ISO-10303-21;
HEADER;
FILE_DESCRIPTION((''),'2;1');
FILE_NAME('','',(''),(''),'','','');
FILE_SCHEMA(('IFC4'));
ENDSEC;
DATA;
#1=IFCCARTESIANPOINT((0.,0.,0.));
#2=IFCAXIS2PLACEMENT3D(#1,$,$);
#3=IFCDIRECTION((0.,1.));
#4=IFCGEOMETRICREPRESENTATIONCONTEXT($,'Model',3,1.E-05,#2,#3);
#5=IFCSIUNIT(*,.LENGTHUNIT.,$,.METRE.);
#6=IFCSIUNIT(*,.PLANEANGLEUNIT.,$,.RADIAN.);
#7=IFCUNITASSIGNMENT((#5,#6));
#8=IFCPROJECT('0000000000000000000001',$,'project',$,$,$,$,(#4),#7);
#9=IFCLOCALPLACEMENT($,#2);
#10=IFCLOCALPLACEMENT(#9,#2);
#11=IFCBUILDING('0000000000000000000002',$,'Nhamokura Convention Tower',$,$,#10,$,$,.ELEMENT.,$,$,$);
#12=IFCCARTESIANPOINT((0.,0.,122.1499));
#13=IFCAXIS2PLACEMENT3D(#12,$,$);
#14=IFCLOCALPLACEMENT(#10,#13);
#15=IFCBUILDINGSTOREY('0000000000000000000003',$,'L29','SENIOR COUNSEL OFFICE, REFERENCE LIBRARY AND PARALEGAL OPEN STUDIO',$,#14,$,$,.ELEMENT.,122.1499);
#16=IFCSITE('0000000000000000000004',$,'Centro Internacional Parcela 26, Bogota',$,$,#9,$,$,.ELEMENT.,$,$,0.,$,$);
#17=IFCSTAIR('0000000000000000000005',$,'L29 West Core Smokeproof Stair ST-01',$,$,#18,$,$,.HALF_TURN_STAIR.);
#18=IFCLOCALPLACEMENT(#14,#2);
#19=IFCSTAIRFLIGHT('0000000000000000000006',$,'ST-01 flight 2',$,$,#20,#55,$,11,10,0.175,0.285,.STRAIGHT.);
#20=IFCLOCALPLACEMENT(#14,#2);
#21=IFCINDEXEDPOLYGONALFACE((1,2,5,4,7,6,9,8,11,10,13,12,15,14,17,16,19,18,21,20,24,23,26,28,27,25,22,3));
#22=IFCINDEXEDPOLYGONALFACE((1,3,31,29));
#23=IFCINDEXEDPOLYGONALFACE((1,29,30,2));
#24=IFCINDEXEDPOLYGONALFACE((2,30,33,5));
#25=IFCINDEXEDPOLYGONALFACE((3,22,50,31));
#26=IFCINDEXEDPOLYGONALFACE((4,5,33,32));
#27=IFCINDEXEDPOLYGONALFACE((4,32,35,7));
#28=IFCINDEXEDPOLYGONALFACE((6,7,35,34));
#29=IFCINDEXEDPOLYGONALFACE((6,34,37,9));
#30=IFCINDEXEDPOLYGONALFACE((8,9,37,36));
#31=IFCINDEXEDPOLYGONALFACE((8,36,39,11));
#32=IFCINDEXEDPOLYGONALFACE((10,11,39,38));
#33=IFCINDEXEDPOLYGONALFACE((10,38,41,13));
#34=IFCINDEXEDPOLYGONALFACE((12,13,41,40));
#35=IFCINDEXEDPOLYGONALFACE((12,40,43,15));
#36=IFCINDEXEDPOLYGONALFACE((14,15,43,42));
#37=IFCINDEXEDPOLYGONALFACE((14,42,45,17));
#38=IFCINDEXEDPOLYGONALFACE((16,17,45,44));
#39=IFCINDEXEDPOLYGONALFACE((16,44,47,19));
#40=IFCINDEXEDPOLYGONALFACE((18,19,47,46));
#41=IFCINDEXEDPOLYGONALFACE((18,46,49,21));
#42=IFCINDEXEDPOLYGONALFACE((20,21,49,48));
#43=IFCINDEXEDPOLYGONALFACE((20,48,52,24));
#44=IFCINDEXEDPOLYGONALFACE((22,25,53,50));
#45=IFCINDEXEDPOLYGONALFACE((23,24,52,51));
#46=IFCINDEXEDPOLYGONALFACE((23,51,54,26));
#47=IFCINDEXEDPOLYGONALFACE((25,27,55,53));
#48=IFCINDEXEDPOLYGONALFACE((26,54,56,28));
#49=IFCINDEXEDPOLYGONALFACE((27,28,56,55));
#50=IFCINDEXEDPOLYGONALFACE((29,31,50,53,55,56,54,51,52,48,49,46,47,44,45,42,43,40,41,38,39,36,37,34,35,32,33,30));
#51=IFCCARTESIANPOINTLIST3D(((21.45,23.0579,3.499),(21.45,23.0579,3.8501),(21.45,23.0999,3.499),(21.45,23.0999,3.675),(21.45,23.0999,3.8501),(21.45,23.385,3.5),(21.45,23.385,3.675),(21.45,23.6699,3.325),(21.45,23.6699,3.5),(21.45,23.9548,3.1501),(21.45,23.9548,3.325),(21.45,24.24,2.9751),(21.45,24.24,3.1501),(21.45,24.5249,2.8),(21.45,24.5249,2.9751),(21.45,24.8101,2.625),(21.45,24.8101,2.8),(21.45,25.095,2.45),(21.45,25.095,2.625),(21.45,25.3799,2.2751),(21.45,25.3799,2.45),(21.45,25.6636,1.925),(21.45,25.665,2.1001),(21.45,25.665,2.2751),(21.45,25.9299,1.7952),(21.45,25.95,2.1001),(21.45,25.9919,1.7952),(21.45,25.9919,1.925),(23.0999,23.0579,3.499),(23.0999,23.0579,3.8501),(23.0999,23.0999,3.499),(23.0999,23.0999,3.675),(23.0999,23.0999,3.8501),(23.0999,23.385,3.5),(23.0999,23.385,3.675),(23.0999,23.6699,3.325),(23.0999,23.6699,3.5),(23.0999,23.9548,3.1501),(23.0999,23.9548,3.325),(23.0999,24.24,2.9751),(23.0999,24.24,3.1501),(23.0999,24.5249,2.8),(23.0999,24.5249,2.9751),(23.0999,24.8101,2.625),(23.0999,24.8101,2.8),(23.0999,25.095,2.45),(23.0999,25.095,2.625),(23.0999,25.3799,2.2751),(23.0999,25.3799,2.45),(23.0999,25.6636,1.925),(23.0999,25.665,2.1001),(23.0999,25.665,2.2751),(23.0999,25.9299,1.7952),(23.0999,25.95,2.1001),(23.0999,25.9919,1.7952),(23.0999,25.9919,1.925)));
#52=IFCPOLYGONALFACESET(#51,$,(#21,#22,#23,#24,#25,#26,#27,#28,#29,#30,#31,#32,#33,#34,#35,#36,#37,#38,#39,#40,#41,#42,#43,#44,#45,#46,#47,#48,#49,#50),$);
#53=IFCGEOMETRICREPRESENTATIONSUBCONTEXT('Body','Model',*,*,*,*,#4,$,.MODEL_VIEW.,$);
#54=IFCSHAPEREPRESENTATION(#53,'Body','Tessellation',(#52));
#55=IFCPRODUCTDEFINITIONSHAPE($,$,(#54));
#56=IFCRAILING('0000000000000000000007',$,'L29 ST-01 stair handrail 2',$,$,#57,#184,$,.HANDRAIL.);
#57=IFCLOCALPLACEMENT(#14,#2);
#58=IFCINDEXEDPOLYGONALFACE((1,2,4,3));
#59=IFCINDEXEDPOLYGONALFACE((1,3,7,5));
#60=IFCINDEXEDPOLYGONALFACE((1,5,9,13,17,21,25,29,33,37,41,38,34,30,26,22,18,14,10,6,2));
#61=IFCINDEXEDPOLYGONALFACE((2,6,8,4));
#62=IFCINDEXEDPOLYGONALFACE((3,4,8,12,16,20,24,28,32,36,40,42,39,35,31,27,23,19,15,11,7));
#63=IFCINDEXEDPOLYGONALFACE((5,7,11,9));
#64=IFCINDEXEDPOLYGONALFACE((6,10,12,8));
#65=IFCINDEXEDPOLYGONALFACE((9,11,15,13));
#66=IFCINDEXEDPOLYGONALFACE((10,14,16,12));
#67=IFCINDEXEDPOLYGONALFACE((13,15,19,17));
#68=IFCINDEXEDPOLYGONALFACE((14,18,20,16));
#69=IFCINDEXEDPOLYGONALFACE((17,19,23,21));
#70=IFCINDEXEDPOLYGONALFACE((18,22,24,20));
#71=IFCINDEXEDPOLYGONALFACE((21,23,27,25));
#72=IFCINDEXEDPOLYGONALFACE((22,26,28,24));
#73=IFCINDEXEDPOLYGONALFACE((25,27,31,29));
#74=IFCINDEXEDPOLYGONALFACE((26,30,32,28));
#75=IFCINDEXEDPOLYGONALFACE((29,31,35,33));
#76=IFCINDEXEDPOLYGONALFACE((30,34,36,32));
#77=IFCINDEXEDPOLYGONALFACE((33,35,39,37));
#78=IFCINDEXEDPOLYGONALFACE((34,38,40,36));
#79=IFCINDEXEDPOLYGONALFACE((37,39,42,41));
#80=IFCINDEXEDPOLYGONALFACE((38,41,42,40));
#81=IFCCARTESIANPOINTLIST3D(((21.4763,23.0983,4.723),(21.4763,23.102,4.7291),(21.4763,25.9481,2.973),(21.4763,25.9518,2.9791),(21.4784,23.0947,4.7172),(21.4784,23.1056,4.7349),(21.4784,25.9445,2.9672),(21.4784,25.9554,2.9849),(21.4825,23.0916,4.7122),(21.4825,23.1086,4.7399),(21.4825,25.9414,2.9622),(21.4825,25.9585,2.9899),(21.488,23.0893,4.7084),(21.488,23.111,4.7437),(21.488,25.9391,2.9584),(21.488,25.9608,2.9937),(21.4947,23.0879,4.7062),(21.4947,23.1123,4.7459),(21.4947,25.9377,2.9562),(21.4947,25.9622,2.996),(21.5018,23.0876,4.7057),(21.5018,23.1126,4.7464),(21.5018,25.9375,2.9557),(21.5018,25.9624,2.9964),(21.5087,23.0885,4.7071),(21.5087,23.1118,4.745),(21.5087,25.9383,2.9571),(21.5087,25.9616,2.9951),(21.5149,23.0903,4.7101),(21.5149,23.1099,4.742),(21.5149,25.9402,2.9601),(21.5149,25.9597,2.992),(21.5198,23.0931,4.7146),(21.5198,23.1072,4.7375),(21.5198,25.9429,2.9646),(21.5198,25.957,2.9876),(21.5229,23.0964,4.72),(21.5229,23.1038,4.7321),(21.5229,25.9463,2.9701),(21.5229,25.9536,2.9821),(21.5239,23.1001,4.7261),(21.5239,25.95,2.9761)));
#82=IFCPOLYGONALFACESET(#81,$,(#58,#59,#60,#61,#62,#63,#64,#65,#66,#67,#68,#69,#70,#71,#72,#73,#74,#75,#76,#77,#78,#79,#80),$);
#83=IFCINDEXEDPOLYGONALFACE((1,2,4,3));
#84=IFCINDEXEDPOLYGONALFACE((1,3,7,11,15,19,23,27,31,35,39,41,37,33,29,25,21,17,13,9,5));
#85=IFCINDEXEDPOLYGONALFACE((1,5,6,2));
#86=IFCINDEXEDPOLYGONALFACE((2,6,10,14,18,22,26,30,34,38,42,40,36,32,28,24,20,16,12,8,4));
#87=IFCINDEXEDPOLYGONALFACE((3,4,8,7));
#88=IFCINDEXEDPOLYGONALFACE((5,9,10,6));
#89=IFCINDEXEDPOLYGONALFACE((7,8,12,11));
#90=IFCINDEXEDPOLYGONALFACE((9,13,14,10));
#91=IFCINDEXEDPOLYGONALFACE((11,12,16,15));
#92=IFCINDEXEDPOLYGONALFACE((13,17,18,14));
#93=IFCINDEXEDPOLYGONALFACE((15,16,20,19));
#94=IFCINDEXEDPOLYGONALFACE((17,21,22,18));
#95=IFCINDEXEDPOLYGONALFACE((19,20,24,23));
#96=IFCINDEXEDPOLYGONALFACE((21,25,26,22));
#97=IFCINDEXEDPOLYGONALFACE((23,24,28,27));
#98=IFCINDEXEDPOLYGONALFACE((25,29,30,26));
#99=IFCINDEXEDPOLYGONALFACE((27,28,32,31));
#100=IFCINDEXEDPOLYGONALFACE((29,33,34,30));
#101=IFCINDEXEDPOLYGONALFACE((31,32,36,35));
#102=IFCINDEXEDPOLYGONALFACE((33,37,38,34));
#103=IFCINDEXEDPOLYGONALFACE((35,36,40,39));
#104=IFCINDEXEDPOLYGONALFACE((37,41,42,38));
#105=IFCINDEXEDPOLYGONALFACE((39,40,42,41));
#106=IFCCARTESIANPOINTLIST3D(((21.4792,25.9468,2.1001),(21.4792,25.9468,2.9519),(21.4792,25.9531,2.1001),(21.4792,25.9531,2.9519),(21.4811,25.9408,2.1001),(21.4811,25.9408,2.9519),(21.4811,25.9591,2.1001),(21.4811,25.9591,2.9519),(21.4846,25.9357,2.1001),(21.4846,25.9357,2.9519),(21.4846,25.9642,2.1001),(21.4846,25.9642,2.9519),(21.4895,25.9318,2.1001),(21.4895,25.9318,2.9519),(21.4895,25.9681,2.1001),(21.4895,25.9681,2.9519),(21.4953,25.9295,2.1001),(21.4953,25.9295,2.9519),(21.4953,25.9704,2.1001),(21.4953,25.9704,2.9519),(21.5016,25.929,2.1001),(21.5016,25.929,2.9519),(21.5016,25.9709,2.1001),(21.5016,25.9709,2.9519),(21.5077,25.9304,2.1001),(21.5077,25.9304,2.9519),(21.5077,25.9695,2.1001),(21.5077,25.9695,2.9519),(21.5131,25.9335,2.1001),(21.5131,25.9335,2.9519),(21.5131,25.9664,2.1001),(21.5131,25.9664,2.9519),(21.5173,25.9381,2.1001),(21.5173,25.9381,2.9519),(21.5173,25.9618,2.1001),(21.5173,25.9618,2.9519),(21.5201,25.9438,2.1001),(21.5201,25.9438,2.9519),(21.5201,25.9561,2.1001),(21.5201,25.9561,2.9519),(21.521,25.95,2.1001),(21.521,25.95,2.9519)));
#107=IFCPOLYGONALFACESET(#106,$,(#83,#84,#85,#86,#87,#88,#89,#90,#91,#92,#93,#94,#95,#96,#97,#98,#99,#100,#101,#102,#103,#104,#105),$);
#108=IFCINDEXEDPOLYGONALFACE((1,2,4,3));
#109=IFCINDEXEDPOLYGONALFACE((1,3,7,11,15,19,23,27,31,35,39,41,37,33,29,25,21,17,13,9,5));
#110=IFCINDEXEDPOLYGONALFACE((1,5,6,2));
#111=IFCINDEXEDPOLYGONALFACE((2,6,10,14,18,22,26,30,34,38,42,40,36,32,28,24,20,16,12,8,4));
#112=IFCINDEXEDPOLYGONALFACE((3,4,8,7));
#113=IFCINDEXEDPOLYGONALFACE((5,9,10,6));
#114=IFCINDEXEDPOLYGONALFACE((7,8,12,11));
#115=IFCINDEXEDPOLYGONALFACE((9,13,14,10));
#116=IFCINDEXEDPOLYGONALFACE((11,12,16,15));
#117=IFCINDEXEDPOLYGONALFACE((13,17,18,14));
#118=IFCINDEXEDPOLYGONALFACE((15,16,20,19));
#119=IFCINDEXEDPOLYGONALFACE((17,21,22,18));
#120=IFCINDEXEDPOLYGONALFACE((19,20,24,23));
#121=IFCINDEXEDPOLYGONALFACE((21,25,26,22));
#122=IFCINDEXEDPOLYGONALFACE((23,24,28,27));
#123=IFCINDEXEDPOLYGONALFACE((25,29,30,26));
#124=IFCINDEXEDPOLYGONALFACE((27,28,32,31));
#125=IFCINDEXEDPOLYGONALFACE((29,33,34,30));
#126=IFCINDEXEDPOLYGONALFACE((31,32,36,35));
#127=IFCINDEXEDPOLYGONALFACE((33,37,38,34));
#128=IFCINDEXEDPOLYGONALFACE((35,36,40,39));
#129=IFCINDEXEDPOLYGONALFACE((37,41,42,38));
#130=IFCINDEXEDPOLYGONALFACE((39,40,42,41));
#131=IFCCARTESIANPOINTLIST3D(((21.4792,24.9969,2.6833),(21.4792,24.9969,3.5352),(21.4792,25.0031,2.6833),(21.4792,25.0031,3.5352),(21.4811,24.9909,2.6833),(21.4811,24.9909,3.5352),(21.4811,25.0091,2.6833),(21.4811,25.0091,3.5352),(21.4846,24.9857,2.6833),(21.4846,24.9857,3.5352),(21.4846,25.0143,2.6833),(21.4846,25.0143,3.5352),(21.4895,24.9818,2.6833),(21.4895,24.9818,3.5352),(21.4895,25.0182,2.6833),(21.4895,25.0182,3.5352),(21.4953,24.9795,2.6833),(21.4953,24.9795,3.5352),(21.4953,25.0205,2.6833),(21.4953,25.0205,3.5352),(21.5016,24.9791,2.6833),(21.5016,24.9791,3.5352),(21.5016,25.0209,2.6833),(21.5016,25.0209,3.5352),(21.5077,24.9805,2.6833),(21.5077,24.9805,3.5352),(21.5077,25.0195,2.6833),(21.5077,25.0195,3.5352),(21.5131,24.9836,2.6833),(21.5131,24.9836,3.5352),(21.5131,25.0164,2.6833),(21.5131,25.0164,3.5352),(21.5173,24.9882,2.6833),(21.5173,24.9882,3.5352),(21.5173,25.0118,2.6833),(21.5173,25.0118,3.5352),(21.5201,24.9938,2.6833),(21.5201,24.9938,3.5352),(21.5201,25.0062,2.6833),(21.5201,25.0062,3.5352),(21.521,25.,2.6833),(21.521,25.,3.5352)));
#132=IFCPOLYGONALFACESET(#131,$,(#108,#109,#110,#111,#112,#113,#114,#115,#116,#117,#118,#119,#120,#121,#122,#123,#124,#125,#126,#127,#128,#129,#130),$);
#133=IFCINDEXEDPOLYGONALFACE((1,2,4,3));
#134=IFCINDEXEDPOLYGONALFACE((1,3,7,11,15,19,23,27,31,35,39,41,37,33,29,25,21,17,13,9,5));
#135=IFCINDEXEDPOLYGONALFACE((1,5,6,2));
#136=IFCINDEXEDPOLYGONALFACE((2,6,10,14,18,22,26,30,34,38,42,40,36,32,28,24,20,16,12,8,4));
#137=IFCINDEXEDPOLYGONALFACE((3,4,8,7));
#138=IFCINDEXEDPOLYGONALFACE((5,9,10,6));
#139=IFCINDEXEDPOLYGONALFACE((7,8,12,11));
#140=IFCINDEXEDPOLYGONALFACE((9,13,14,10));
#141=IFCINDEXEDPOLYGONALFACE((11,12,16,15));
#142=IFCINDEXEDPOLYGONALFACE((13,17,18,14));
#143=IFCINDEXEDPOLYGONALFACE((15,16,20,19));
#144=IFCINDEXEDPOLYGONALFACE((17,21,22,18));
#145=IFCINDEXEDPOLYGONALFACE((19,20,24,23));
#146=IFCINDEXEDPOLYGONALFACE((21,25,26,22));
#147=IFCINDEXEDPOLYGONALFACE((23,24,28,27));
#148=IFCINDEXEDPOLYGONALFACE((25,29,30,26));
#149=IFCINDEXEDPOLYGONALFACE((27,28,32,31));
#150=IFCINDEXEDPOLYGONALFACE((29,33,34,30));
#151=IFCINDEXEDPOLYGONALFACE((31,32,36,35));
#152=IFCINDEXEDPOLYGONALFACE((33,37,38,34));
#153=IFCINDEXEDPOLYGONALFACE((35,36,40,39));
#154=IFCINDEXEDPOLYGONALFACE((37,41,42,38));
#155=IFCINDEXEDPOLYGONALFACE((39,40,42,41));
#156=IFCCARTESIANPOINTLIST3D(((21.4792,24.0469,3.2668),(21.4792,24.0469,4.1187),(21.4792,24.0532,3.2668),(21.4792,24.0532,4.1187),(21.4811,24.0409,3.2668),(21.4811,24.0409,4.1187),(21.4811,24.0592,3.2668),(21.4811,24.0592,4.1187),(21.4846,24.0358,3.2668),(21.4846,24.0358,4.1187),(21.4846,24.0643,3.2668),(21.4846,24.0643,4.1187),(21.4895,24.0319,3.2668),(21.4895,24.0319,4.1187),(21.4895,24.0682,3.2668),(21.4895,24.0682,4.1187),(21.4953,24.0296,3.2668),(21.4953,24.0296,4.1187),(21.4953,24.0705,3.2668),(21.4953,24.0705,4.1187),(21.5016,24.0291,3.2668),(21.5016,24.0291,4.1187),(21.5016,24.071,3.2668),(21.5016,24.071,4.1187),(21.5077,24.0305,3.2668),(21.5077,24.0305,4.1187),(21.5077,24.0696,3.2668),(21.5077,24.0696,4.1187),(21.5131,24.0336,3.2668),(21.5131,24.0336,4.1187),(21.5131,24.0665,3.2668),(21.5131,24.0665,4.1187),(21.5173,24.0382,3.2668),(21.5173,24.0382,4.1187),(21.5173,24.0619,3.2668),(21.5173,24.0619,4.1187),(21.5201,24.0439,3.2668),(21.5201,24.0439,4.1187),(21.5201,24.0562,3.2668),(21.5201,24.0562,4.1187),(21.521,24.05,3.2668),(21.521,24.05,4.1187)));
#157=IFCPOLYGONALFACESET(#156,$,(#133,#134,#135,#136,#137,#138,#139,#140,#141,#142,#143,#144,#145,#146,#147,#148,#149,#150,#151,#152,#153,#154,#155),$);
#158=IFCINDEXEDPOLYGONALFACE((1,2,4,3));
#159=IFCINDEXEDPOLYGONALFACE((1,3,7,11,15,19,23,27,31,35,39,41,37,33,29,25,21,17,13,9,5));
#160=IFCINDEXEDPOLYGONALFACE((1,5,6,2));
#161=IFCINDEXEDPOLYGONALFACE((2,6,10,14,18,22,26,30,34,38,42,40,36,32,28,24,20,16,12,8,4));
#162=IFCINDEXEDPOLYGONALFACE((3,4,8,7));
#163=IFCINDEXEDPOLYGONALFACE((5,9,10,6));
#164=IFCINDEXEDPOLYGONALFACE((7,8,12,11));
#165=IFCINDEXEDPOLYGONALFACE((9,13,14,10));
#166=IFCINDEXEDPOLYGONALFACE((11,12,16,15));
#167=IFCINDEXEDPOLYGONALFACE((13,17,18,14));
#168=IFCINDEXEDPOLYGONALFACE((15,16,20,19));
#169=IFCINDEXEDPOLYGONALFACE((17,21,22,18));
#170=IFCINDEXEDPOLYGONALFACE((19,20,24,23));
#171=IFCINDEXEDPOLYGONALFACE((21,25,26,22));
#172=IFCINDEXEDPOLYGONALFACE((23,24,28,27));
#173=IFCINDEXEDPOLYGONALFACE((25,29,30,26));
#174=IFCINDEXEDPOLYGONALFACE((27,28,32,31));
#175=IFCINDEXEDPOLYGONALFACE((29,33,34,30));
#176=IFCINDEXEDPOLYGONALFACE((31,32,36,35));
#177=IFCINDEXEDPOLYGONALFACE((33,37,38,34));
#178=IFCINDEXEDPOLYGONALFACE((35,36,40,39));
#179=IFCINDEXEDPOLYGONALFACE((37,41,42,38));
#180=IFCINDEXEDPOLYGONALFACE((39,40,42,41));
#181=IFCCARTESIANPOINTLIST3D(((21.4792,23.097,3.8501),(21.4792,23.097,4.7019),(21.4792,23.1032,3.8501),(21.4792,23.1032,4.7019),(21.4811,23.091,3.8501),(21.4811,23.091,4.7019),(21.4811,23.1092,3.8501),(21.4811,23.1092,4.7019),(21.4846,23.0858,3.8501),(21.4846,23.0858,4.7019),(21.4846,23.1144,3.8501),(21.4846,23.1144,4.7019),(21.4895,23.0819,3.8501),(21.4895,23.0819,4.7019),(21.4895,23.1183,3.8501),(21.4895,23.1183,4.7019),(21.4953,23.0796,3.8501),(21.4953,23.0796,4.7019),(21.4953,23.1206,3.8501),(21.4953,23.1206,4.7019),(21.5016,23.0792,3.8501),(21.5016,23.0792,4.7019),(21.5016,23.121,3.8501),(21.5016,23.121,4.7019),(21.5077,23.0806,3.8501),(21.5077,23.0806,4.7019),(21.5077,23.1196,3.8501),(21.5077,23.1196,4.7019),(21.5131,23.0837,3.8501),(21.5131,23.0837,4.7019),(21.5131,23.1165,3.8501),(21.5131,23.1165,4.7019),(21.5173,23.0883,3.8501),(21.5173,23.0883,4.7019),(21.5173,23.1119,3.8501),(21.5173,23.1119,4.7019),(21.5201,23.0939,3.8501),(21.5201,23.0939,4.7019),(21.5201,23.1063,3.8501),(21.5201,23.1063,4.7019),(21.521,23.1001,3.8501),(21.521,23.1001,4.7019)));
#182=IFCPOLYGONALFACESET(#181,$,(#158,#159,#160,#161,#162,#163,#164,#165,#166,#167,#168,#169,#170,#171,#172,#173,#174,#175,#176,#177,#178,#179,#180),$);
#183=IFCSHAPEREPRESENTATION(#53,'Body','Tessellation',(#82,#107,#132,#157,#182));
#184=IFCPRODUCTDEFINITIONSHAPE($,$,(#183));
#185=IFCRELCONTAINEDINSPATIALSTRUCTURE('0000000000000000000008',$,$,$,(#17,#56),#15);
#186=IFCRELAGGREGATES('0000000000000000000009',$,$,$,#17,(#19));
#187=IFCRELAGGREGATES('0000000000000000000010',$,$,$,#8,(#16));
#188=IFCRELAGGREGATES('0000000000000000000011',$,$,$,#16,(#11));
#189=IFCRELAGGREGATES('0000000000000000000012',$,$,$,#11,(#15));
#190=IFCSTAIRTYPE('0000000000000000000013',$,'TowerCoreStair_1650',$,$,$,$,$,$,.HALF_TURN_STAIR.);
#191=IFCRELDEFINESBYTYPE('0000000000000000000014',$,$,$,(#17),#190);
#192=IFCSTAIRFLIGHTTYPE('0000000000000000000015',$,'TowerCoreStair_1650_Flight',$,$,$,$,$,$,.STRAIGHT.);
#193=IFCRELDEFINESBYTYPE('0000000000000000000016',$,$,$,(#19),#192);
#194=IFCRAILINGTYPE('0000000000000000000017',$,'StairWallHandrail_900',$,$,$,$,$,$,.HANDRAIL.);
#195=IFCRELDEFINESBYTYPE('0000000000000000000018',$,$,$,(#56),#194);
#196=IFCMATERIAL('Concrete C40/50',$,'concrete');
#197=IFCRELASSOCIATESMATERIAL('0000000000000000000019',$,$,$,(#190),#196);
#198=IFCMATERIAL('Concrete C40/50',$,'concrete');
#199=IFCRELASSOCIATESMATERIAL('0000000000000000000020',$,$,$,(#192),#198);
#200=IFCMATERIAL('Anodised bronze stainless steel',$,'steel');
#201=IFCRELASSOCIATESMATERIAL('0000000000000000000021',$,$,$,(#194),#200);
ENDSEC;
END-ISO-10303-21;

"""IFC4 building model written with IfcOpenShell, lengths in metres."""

from ifc_helpers import new_model, si_unit, direction, frame, origin, origin_2d, place, context, subcontext, project, spatial, polyline, circle, outline, extrude, material, type_object, element, aggregate, save


model = new_model("IFC4")

# Units and contexts
model_context = context("Model", 3, precision=1e-05, world=origin(), true_north=direction((0.0, 1.0)))
body_context = subcontext(model_context, "Body", "Model", "MODEL_VIEW")
ifc_project = project(units=[si_unit("LENGTHUNIT", "METRE"), si_unit("PLANEANGLEUNIT", "RADIAN")], contexts=[model_context])

# Site, building, storey
site_placement = place(None, origin())
site = spatial("IfcSite", under=ifc_project, at=site_placement, Name="Centro Internacional Parcela 26, Bogota", CompositionType="ELEMENT", RefElevation=0.0)
building_placement = place(site_placement, origin())
building = spatial("IfcBuilding", under=site, at=building_placement, Name="Nhamokura Convention Tower", CompositionType="ELEMENT")
storey_placement = place(building_placement, frame((0.0, 0.0, 122.1499)))
storey = spatial("IfcBuildingStorey", under=building, at=storey_placement, Name="L29", Description="SENIOR COUNSEL OFFICE, REFERENCE LIBRARY AND PARALEGAL OPEN STUDIO", CompositionType="ELEMENT", Elevation=122.1499)

# Stair, stair flight
ifc_material_1 = material(Name="Concrete C40/50", Category="concrete")
stair_type = type_object("IfcStairType", Name="TowerCoreStair_1650", PredefinedType="HALF_TURN_STAIR", material=ifc_material_1)
stair_placement = place(storey_placement, origin())
stair = element("IfcStair", 1, at=stair_placement, inside=storey, type_object=stair_type, Name="L29 West Core Smokeproof Stair ST-01", PredefinedType="HALF_TURN_STAIR")
ifc_material_2 = material(Name="Concrete C40/50", Category="concrete")
stair_flight_type = type_object("IfcStairFlightType", Name="TowerCoreStair_1650_Flight", PredefinedType="STRAIGHT", material=ifc_material_2)
stair_flight_placement = place(storey_placement, frame((22.2749, 25.95, 1.925), z_axis=(0.0, 0.0, 1.0), x_axis=(0.0, -1.0, 0.0)))
stair_flight = element("IfcStairFlight", 2, at=stair_flight_placement, type_object=stair_flight_type, Name="ST-01 flight 2", NumberOfRisers=11, NumberOfTreads=10, PredefinedType="STRAIGHT", RiserHeight=0.175, TreadLength=0.285, context=body_context, shape_type="SweptSolid", body=[
    extrude(outline(polyline([(-0.042, 0.0), (0.0, 0.175), (0.2849, 0.175), (0.2849, 0.3501), (0.5701, 0.3501), (0.5701, 0.5249), (0.855, 0.5249), (0.855, 0.7), (1.1399, 0.7), (1.1399, 0.875), (1.425, 0.875), (1.425, 1.05), (1.71, 1.05), (1.71, 1.2251), (1.9951, 1.2251), (1.9951, 1.3999), (2.28, 1.3999), (2.28, 1.575), (2.5649, 1.575), (2.5649, 1.75), (2.8501, 1.75), (2.8501, 1.925), (2.8921, 1.925), (2.8921, 1.574), (2.8501, 1.574), (0.2864, 0.0), (0.02, -0.1299), (-0.042, -0.1299), (-0.042, 0.0)])), frame((0.0, 0.825, 0.0), z_axis=(0.0, -1.0, 0.0), x_axis=(1.0, 0.0, 0.0)), (0.0, 0.0, 1.0), 1.6499),
])
aggregate(stair, [stair_flight])

# Railing
ifc_material_3 = material(Name="Anodised bronze stainless steel", Category="steel")
railing_type_1 = type_object("IfcRailingType", Name="StairWallHandrail_900", PredefinedType="HANDRAIL", material=ifc_material_3)
railing_1_placement = place(storey_placement, frame((21.5, 25.95, 2.1001)))
element("IfcRailing", 3, at=railing_1_placement, inside=storey, type_object=railing_type_1, Name="L29 ST-01 stair handrail 2", PredefinedType="HANDRAIL", context=body_context, shape_type="SweptSolid", body=[
    extrude(circle(Radius=0.0239, at=origin_2d()), frame((0.0, 0.0, 0.876), z_axis=(0.0, -0.852159, 0.523283), x_axis=(1.0, 0.0, 0.0)), (0.0, 0.0, 1.0), 3.3442),
    extrude(circle(Radius=0.021, at=origin_2d()), origin(), (0.0, 0.0, 1.0), 0.8518),
    extrude(circle(Radius=0.021, at=origin_2d()), frame((0.0, -0.95, 0.5833)), (0.0, 0.0, 1.0), 0.8518),
    extrude(circle(Radius=0.021, at=origin_2d()), frame((0.0, -1.8999, 1.1667)), (0.0, 0.0, 1.0), 0.8518),
    extrude(circle(Radius=0.021, at=origin_2d()), frame((0.0, -2.8499, 1.75)), (0.0, 0.0, 1.0), 0.8518),
])

save(model, "model.ifc")
